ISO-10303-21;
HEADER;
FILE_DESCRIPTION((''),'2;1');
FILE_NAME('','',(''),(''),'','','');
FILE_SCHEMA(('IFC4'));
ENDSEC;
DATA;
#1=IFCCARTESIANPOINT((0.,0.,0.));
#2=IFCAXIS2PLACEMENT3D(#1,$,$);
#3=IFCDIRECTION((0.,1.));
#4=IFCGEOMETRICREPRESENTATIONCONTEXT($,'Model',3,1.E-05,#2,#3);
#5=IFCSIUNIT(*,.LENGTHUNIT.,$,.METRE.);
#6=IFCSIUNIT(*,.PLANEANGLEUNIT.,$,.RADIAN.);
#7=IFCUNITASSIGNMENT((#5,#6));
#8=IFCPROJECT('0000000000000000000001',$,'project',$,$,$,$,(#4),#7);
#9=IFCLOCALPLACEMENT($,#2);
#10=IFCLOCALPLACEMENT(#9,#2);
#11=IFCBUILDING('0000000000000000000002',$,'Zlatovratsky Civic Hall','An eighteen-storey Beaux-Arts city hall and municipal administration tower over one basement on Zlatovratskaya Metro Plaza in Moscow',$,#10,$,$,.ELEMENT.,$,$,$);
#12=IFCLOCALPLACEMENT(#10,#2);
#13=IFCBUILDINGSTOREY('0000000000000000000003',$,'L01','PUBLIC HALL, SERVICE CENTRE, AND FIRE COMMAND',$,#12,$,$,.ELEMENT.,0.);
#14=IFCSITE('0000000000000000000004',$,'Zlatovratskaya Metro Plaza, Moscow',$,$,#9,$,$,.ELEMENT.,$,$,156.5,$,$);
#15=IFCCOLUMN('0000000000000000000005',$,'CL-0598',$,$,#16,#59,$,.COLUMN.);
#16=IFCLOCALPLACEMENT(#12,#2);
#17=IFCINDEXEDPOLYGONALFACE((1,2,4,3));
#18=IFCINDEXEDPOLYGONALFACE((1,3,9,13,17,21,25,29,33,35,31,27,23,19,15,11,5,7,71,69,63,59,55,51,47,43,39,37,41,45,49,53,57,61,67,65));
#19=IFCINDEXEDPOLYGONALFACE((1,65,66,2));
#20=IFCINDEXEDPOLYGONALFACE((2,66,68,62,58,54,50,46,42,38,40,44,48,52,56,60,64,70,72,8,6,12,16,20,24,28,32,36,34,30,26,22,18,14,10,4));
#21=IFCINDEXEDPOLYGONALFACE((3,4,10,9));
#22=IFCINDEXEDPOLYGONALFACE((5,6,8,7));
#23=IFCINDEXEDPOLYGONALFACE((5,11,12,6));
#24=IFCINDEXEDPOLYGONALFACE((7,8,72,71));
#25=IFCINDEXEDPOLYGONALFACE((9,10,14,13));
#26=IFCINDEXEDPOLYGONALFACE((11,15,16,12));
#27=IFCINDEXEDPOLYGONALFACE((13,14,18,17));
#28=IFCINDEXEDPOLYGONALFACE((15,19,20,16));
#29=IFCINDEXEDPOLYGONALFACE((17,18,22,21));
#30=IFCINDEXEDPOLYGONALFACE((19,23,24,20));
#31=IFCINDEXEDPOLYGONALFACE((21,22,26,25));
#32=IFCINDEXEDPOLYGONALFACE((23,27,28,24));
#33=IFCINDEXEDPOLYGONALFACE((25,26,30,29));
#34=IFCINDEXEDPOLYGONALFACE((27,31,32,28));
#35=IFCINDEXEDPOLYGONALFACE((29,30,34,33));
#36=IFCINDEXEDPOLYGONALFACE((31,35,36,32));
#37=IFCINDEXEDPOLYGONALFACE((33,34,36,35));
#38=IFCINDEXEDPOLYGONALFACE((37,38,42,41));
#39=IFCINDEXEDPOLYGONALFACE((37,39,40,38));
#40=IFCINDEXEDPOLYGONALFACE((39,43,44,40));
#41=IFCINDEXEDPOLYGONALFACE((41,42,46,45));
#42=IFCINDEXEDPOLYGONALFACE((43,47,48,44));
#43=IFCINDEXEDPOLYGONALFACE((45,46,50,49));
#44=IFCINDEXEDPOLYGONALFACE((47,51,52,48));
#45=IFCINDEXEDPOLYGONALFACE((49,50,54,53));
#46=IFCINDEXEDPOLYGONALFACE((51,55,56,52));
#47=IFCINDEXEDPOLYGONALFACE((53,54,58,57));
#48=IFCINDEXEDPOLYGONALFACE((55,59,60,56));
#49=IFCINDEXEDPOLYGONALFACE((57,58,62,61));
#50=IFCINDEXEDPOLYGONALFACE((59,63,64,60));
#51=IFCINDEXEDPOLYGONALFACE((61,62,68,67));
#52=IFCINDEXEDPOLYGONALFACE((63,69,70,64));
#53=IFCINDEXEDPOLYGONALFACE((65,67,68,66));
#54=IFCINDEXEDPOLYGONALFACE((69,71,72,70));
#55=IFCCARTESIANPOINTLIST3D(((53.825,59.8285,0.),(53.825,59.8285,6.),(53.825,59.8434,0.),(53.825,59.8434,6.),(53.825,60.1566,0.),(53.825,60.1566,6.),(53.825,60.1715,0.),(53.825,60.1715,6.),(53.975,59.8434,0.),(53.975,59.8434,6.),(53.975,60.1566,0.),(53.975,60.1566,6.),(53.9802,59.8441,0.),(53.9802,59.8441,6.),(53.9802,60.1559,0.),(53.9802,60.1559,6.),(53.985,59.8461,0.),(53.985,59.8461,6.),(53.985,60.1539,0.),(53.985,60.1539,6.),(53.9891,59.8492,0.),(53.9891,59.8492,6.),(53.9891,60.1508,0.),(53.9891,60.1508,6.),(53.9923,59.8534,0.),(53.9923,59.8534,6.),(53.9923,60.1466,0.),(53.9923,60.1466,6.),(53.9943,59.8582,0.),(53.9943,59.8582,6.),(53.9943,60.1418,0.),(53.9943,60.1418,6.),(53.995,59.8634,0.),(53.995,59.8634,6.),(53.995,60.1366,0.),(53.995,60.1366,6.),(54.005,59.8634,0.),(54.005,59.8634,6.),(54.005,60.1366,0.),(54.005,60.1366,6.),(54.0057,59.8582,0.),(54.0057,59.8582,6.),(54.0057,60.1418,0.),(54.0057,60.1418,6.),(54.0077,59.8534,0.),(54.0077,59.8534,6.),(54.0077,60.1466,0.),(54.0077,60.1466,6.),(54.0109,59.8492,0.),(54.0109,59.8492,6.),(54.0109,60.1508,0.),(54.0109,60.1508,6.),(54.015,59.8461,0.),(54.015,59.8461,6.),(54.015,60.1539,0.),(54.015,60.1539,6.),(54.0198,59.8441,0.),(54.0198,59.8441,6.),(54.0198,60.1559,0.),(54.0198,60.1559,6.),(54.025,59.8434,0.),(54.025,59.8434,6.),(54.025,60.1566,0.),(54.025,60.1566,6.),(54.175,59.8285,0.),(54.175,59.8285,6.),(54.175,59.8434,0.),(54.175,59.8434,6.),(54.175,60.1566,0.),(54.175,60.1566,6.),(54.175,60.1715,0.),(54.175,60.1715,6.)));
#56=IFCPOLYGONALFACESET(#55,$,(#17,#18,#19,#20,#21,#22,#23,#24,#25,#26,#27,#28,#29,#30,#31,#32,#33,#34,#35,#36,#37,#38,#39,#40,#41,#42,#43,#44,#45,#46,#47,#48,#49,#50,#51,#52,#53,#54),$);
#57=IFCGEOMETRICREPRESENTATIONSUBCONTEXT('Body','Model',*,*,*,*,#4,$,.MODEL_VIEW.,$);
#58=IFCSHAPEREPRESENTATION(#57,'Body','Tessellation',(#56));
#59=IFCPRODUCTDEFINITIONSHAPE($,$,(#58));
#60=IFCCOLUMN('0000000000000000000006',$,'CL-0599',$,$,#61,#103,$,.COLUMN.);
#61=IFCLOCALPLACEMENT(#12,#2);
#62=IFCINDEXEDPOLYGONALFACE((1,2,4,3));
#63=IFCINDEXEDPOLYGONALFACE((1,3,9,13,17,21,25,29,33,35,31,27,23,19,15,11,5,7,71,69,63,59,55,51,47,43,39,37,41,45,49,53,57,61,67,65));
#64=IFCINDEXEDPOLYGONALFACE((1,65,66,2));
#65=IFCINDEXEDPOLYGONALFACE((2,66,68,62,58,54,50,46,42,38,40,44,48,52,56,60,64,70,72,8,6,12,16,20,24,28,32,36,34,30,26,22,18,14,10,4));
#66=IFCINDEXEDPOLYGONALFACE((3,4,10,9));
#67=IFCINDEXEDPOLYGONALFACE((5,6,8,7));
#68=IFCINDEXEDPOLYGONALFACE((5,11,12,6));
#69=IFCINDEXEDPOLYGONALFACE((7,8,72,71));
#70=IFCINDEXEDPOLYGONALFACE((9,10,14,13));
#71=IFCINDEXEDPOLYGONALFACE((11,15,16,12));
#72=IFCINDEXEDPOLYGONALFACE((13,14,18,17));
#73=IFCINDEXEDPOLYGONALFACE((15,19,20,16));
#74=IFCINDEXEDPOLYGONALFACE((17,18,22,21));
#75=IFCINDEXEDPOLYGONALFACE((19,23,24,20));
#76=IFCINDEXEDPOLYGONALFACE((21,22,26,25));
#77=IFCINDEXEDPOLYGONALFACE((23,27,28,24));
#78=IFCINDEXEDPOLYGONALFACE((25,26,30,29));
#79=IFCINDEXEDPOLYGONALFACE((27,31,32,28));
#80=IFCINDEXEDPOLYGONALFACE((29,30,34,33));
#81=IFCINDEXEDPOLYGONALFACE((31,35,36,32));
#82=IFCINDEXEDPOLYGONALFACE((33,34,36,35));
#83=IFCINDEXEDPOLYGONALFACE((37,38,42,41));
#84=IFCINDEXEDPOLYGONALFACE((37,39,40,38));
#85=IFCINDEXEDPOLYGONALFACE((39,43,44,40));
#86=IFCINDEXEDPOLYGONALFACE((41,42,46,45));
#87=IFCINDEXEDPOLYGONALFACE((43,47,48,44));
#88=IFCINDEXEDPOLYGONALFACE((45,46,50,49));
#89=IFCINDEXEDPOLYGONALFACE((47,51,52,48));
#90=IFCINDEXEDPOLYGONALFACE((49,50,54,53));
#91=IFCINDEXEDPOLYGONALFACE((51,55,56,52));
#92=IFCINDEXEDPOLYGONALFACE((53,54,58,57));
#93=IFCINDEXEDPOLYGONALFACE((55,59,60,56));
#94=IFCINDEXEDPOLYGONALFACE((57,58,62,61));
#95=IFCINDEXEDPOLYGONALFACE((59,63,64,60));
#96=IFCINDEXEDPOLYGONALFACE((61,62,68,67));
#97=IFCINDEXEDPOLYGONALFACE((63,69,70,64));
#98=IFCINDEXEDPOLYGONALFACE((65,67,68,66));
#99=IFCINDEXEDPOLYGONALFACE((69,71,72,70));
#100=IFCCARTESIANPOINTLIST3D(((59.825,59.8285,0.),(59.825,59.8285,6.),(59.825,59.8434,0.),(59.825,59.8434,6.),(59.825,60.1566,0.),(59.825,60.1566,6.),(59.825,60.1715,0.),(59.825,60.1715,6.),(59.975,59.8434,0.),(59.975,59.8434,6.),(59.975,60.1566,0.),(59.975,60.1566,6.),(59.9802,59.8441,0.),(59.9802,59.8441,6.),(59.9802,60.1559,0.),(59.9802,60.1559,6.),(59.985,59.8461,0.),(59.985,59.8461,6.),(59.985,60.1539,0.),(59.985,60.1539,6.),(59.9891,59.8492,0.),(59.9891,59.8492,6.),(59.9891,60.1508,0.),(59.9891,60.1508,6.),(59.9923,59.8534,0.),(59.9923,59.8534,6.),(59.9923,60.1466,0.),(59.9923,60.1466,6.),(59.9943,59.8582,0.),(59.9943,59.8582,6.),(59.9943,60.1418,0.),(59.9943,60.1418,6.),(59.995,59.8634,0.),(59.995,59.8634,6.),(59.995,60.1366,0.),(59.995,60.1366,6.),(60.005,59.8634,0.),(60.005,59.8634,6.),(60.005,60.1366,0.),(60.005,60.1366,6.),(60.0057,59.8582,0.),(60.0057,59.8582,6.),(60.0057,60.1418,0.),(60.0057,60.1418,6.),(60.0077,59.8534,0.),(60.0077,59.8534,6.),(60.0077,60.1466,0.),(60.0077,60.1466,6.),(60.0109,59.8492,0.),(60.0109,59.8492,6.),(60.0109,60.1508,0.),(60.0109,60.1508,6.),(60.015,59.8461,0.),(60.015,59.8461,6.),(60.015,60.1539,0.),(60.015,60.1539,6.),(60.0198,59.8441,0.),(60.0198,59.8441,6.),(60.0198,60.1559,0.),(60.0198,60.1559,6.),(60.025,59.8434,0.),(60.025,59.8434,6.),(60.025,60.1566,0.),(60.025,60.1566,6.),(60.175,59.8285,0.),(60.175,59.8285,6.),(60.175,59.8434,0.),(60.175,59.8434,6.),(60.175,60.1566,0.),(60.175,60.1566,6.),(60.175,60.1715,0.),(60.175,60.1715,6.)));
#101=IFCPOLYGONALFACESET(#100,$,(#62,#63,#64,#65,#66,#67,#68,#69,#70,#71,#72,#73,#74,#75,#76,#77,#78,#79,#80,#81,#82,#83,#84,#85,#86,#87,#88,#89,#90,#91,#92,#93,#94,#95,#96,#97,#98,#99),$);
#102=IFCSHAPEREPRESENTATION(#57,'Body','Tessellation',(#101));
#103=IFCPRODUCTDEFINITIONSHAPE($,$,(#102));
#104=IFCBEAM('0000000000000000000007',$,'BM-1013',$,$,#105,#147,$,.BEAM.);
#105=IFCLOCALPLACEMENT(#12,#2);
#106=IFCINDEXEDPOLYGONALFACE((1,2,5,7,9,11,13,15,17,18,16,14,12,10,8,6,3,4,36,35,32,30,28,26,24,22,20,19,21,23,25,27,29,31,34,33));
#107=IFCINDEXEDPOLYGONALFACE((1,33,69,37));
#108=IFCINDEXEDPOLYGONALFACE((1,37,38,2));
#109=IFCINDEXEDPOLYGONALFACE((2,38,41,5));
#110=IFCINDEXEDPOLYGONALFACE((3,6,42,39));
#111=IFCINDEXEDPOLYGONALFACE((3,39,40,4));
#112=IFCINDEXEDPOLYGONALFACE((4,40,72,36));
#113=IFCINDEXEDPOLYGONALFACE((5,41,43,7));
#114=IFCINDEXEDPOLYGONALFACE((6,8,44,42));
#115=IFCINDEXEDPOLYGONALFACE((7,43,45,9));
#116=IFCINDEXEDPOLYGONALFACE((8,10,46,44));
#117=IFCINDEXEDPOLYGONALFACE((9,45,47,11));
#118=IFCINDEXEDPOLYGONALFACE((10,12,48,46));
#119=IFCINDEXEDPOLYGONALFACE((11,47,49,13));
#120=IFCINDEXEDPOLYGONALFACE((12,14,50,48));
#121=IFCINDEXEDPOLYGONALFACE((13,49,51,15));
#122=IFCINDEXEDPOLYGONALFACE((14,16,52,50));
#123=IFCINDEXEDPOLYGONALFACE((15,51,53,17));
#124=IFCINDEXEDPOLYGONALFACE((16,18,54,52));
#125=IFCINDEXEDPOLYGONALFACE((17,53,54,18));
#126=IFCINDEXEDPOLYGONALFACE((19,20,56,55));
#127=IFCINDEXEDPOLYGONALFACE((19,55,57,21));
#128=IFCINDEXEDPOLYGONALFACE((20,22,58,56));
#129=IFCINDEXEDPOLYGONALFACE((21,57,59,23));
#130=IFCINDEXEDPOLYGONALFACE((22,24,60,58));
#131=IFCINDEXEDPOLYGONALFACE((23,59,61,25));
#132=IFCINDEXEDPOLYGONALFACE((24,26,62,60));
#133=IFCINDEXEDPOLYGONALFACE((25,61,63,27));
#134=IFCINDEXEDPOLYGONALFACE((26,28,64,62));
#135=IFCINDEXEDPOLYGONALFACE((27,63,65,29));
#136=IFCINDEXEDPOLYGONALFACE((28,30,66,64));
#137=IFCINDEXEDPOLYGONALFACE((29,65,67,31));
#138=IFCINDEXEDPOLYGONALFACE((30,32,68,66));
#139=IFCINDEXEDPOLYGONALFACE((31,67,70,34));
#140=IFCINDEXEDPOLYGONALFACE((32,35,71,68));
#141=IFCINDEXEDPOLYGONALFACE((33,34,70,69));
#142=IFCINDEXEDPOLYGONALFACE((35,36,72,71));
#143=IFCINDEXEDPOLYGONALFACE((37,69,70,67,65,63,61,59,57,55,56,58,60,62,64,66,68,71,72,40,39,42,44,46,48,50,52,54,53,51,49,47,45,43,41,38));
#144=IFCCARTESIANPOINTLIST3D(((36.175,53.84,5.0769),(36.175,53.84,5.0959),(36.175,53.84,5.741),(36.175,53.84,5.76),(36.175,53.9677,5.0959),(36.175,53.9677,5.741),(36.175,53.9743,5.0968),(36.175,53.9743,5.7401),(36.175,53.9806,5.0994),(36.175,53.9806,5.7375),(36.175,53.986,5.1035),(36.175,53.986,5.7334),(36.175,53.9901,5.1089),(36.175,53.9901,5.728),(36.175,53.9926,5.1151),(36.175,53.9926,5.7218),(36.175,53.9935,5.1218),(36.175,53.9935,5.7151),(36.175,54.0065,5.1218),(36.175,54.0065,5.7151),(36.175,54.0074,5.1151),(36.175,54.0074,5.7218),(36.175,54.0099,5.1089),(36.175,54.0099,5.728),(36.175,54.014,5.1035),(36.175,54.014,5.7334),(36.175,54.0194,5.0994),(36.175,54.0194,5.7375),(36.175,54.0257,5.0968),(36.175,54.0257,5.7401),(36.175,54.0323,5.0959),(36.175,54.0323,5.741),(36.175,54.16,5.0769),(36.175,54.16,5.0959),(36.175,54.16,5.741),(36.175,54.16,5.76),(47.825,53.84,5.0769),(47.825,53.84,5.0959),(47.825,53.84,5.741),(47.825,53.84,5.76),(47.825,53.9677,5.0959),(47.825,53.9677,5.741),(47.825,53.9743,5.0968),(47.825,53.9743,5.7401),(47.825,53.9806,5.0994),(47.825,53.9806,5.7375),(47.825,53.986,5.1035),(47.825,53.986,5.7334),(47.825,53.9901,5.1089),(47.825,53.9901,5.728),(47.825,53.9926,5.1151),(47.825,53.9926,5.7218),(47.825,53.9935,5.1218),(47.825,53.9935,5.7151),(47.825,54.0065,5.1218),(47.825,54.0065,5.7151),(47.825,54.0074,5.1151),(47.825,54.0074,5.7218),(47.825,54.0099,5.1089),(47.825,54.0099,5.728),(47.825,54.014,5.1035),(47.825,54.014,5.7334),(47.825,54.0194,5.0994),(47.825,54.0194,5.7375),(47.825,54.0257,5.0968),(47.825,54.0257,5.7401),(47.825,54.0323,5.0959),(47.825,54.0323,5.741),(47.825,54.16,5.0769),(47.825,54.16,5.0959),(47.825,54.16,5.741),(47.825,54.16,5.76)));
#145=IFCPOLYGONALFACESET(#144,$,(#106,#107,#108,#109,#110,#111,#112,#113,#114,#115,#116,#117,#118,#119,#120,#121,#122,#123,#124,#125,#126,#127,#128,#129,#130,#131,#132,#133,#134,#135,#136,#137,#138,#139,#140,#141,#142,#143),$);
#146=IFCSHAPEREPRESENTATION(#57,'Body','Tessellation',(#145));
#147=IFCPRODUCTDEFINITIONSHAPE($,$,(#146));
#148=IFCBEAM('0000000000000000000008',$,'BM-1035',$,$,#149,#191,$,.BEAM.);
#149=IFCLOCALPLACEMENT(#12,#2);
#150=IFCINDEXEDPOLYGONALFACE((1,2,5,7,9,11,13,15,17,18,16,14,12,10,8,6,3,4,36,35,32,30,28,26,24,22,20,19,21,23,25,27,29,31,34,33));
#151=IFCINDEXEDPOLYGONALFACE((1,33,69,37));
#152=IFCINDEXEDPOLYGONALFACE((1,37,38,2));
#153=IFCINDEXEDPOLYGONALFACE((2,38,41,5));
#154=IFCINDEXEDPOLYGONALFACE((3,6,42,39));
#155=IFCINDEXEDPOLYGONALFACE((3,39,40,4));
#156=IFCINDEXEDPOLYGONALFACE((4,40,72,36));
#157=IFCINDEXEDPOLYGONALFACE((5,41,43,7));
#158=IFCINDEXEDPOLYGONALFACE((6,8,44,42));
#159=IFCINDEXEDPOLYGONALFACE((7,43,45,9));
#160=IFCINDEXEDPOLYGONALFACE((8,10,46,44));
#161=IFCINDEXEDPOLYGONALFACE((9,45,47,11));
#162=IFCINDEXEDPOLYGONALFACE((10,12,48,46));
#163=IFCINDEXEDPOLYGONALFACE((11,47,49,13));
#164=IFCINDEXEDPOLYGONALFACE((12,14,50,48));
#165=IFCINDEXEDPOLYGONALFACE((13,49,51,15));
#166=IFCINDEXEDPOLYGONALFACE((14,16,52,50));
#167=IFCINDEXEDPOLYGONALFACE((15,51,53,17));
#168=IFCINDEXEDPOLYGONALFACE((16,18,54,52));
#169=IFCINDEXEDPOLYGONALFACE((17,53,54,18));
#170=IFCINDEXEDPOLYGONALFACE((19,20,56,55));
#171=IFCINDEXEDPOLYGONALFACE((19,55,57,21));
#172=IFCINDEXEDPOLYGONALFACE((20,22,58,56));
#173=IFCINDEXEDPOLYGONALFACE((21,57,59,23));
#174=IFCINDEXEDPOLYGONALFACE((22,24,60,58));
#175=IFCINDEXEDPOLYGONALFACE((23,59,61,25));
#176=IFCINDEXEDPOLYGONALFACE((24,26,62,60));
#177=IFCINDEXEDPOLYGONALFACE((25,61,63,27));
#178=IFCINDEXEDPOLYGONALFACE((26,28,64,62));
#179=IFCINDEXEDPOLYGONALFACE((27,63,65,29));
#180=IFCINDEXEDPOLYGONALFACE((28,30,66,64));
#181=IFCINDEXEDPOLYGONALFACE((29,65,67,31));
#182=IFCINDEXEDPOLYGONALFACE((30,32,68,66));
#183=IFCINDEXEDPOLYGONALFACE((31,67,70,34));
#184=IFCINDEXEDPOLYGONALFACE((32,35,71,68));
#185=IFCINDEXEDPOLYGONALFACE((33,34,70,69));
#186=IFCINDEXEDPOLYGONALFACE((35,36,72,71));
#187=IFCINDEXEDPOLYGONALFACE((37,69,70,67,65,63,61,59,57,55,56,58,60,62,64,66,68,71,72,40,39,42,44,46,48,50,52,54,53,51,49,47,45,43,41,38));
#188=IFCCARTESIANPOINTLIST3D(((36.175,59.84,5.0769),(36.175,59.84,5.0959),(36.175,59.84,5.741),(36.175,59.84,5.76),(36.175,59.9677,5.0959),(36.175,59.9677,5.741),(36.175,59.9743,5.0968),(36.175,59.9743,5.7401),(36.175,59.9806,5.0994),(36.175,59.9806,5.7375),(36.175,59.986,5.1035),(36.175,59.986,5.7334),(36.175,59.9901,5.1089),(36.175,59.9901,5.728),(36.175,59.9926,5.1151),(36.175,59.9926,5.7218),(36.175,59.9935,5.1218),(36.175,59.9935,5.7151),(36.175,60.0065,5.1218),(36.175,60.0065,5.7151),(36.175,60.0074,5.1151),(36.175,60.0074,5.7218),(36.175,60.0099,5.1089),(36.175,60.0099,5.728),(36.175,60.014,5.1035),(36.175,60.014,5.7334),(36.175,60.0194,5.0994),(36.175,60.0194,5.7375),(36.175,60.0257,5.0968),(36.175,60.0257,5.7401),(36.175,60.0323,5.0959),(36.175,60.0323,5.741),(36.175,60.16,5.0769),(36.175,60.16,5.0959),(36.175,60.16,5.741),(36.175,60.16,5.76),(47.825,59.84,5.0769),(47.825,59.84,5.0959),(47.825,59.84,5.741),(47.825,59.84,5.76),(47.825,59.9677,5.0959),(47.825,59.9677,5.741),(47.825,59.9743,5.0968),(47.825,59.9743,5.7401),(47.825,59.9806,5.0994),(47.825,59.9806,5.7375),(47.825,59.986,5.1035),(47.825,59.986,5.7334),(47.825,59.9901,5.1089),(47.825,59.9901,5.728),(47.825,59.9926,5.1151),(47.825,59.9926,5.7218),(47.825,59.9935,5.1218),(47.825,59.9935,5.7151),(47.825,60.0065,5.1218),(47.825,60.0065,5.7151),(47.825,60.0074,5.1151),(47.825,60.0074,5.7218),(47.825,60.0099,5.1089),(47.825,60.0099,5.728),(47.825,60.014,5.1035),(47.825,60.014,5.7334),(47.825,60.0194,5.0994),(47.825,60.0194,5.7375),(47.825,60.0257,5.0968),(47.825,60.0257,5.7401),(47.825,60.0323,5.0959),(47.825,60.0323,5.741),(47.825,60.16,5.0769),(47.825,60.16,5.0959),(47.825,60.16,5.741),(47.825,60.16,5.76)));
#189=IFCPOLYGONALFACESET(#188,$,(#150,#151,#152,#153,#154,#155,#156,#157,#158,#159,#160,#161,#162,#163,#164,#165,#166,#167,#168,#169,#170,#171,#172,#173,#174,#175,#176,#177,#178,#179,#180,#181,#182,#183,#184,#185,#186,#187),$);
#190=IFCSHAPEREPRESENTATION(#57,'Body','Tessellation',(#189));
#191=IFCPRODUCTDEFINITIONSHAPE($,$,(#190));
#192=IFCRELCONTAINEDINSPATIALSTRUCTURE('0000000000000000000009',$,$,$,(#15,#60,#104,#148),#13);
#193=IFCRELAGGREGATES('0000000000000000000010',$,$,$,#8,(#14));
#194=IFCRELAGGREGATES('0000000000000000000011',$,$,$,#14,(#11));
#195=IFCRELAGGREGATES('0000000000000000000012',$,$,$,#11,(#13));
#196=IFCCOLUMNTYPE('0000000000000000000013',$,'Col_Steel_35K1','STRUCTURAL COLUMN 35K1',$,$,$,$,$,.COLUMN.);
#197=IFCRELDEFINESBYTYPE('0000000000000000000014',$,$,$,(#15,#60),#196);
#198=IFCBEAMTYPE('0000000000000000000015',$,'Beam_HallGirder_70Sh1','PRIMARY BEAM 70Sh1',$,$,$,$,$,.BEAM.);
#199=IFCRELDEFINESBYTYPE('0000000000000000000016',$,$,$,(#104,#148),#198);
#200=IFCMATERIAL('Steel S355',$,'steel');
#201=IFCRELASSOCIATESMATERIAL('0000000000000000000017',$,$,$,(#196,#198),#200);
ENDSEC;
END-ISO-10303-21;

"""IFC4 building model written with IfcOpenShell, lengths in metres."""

from ifc_helpers import new_model, si_unit, direction, frame, origin, origin_2d, place, context, subcontext, project, spatial, i_section, extrude, material, material_profile, profile_set, type_object, element, save


model = new_model("IFC4")

# Units and contexts
model_context = context("Model", 3, precision=1e-05, world=origin(), true_north=direction((0.0, 1.0)))
body_context = subcontext(model_context, "Body", "Model", "MODEL_VIEW")
ifc_project = project(units=[si_unit("LENGTHUNIT", "METRE"), si_unit("PLANEANGLEUNIT", "RADIAN")], contexts=[model_context])

# Site, building, storey
site_placement = place(None, origin())
site = spatial("IfcSite", under=ifc_project, at=site_placement, Name="Zlatovratskaya Metro Plaza, Moscow", CompositionType="ELEMENT", RefElevation=156.5)
building_placement = place(site_placement, origin())
building = spatial("IfcBuilding", under=site, at=building_placement, Name="Zlatovratsky Civic Hall", Description="An eighteen-storey Beaux-Arts city hall and municipal administration tower over one basement on Zlatovratskaya Metro Plaza in Moscow", CompositionType="ELEMENT")
storey_placement = place(building_placement, origin())
storey = spatial("IfcBuildingStorey", under=building, at=storey_placement, Name="L01", Description="PUBLIC HALL, SERVICE CENTRE, AND FIRE COMMAND", CompositionType="ELEMENT", Elevation=0.0)

# Columns
ifc_material_1 = material(Name="Steel S355", Category="steel")
ifc_material_profile_1 = material_profile(ifc_material_1, i_section(OverallWidth=0.3501, OverallDepth=0.343, WebThickness=0.01, FlangeThickness=0.0149, FilletRadius=0.02, at=origin_2d()), Name="35K1")
ifc_profile_set_1 = profile_set([ifc_material_profile_1], Name="Steel S355")
column_type = type_object("IfcColumnType", Name="Col_Steel_35K1", Description="STRUCTURAL COLUMN 35K1", PredefinedType="COLUMN", material=ifc_profile_set_1)
for number, where, z_axis, x_axis, name in (
    (1, (54.0, 60.0, 0.0), (0.0, 0.0, 1.0), (1.0, 0.0, 0.0), "CL-0598"),
    (2, (60.0, 60.0, 0.0), (0.0, 0.0, 1.0), (1.0, 0.0, 0.0), "CL-0599"),
):
    element("IfcColumn", number, at=place(storey_placement, frame(where, z_axis=z_axis, x_axis=x_axis)), inside=storey, type_object=column_type, Name=name, PredefinedType="COLUMN", context=body_context, shape_type="SweptSolid", body=[
        extrude(i_section(OverallWidth=0.3501, OverallDepth=0.343, WebThickness=0.01, FlangeThickness=0.0149, FilletRadius=0.02, at=origin_2d()), origin(), (0.0, 0.0, 1.0), 6.0),
    ])

# Beams
ifc_material_profile_2 = material_profile(ifc_material_1, i_section(OverallWidth=0.3201, OverallDepth=0.6831, WebThickness=0.0129, FlangeThickness=0.019, FilletRadius=0.0259, at=origin_2d()), Name="70Sh1")
ifc_profile_set_2 = profile_set([ifc_material_profile_2], Name="Steel S355")
beam_type_1 = type_object("IfcBeamType", Name="Beam_HallGirder_70Sh1", Description="PRIMARY BEAM 70Sh1", PredefinedType="BEAM", material=ifc_profile_set_2)
for number, where, z_axis, x_axis, name in (
    (3, (36.175, 54.0, 5.4185), (1.0, 0.0, 0.0), (0.0, 1.0, 0.0), "BM-1013"),
    (4, (36.175, 60.0, 5.4185), (1.0, 0.0, 0.0), (0.0, 1.0, 0.0), "BM-1035"),
):
    element("IfcBeam", number, at=place(storey_placement, frame(where, z_axis=z_axis, x_axis=x_axis)), inside=storey, type_object=beam_type_1, Name=name, PredefinedType="BEAM", context=body_context, shape_type="SweptSolid", body=[
        extrude(i_section(OverallWidth=0.3201, OverallDepth=0.6831, WebThickness=0.0129, FlangeThickness=0.019, FilletRadius=0.0259, at=origin_2d()), origin(), (0.0, 0.0, 1.0), 11.6499),
    ])

save(model, "model.ifc")
